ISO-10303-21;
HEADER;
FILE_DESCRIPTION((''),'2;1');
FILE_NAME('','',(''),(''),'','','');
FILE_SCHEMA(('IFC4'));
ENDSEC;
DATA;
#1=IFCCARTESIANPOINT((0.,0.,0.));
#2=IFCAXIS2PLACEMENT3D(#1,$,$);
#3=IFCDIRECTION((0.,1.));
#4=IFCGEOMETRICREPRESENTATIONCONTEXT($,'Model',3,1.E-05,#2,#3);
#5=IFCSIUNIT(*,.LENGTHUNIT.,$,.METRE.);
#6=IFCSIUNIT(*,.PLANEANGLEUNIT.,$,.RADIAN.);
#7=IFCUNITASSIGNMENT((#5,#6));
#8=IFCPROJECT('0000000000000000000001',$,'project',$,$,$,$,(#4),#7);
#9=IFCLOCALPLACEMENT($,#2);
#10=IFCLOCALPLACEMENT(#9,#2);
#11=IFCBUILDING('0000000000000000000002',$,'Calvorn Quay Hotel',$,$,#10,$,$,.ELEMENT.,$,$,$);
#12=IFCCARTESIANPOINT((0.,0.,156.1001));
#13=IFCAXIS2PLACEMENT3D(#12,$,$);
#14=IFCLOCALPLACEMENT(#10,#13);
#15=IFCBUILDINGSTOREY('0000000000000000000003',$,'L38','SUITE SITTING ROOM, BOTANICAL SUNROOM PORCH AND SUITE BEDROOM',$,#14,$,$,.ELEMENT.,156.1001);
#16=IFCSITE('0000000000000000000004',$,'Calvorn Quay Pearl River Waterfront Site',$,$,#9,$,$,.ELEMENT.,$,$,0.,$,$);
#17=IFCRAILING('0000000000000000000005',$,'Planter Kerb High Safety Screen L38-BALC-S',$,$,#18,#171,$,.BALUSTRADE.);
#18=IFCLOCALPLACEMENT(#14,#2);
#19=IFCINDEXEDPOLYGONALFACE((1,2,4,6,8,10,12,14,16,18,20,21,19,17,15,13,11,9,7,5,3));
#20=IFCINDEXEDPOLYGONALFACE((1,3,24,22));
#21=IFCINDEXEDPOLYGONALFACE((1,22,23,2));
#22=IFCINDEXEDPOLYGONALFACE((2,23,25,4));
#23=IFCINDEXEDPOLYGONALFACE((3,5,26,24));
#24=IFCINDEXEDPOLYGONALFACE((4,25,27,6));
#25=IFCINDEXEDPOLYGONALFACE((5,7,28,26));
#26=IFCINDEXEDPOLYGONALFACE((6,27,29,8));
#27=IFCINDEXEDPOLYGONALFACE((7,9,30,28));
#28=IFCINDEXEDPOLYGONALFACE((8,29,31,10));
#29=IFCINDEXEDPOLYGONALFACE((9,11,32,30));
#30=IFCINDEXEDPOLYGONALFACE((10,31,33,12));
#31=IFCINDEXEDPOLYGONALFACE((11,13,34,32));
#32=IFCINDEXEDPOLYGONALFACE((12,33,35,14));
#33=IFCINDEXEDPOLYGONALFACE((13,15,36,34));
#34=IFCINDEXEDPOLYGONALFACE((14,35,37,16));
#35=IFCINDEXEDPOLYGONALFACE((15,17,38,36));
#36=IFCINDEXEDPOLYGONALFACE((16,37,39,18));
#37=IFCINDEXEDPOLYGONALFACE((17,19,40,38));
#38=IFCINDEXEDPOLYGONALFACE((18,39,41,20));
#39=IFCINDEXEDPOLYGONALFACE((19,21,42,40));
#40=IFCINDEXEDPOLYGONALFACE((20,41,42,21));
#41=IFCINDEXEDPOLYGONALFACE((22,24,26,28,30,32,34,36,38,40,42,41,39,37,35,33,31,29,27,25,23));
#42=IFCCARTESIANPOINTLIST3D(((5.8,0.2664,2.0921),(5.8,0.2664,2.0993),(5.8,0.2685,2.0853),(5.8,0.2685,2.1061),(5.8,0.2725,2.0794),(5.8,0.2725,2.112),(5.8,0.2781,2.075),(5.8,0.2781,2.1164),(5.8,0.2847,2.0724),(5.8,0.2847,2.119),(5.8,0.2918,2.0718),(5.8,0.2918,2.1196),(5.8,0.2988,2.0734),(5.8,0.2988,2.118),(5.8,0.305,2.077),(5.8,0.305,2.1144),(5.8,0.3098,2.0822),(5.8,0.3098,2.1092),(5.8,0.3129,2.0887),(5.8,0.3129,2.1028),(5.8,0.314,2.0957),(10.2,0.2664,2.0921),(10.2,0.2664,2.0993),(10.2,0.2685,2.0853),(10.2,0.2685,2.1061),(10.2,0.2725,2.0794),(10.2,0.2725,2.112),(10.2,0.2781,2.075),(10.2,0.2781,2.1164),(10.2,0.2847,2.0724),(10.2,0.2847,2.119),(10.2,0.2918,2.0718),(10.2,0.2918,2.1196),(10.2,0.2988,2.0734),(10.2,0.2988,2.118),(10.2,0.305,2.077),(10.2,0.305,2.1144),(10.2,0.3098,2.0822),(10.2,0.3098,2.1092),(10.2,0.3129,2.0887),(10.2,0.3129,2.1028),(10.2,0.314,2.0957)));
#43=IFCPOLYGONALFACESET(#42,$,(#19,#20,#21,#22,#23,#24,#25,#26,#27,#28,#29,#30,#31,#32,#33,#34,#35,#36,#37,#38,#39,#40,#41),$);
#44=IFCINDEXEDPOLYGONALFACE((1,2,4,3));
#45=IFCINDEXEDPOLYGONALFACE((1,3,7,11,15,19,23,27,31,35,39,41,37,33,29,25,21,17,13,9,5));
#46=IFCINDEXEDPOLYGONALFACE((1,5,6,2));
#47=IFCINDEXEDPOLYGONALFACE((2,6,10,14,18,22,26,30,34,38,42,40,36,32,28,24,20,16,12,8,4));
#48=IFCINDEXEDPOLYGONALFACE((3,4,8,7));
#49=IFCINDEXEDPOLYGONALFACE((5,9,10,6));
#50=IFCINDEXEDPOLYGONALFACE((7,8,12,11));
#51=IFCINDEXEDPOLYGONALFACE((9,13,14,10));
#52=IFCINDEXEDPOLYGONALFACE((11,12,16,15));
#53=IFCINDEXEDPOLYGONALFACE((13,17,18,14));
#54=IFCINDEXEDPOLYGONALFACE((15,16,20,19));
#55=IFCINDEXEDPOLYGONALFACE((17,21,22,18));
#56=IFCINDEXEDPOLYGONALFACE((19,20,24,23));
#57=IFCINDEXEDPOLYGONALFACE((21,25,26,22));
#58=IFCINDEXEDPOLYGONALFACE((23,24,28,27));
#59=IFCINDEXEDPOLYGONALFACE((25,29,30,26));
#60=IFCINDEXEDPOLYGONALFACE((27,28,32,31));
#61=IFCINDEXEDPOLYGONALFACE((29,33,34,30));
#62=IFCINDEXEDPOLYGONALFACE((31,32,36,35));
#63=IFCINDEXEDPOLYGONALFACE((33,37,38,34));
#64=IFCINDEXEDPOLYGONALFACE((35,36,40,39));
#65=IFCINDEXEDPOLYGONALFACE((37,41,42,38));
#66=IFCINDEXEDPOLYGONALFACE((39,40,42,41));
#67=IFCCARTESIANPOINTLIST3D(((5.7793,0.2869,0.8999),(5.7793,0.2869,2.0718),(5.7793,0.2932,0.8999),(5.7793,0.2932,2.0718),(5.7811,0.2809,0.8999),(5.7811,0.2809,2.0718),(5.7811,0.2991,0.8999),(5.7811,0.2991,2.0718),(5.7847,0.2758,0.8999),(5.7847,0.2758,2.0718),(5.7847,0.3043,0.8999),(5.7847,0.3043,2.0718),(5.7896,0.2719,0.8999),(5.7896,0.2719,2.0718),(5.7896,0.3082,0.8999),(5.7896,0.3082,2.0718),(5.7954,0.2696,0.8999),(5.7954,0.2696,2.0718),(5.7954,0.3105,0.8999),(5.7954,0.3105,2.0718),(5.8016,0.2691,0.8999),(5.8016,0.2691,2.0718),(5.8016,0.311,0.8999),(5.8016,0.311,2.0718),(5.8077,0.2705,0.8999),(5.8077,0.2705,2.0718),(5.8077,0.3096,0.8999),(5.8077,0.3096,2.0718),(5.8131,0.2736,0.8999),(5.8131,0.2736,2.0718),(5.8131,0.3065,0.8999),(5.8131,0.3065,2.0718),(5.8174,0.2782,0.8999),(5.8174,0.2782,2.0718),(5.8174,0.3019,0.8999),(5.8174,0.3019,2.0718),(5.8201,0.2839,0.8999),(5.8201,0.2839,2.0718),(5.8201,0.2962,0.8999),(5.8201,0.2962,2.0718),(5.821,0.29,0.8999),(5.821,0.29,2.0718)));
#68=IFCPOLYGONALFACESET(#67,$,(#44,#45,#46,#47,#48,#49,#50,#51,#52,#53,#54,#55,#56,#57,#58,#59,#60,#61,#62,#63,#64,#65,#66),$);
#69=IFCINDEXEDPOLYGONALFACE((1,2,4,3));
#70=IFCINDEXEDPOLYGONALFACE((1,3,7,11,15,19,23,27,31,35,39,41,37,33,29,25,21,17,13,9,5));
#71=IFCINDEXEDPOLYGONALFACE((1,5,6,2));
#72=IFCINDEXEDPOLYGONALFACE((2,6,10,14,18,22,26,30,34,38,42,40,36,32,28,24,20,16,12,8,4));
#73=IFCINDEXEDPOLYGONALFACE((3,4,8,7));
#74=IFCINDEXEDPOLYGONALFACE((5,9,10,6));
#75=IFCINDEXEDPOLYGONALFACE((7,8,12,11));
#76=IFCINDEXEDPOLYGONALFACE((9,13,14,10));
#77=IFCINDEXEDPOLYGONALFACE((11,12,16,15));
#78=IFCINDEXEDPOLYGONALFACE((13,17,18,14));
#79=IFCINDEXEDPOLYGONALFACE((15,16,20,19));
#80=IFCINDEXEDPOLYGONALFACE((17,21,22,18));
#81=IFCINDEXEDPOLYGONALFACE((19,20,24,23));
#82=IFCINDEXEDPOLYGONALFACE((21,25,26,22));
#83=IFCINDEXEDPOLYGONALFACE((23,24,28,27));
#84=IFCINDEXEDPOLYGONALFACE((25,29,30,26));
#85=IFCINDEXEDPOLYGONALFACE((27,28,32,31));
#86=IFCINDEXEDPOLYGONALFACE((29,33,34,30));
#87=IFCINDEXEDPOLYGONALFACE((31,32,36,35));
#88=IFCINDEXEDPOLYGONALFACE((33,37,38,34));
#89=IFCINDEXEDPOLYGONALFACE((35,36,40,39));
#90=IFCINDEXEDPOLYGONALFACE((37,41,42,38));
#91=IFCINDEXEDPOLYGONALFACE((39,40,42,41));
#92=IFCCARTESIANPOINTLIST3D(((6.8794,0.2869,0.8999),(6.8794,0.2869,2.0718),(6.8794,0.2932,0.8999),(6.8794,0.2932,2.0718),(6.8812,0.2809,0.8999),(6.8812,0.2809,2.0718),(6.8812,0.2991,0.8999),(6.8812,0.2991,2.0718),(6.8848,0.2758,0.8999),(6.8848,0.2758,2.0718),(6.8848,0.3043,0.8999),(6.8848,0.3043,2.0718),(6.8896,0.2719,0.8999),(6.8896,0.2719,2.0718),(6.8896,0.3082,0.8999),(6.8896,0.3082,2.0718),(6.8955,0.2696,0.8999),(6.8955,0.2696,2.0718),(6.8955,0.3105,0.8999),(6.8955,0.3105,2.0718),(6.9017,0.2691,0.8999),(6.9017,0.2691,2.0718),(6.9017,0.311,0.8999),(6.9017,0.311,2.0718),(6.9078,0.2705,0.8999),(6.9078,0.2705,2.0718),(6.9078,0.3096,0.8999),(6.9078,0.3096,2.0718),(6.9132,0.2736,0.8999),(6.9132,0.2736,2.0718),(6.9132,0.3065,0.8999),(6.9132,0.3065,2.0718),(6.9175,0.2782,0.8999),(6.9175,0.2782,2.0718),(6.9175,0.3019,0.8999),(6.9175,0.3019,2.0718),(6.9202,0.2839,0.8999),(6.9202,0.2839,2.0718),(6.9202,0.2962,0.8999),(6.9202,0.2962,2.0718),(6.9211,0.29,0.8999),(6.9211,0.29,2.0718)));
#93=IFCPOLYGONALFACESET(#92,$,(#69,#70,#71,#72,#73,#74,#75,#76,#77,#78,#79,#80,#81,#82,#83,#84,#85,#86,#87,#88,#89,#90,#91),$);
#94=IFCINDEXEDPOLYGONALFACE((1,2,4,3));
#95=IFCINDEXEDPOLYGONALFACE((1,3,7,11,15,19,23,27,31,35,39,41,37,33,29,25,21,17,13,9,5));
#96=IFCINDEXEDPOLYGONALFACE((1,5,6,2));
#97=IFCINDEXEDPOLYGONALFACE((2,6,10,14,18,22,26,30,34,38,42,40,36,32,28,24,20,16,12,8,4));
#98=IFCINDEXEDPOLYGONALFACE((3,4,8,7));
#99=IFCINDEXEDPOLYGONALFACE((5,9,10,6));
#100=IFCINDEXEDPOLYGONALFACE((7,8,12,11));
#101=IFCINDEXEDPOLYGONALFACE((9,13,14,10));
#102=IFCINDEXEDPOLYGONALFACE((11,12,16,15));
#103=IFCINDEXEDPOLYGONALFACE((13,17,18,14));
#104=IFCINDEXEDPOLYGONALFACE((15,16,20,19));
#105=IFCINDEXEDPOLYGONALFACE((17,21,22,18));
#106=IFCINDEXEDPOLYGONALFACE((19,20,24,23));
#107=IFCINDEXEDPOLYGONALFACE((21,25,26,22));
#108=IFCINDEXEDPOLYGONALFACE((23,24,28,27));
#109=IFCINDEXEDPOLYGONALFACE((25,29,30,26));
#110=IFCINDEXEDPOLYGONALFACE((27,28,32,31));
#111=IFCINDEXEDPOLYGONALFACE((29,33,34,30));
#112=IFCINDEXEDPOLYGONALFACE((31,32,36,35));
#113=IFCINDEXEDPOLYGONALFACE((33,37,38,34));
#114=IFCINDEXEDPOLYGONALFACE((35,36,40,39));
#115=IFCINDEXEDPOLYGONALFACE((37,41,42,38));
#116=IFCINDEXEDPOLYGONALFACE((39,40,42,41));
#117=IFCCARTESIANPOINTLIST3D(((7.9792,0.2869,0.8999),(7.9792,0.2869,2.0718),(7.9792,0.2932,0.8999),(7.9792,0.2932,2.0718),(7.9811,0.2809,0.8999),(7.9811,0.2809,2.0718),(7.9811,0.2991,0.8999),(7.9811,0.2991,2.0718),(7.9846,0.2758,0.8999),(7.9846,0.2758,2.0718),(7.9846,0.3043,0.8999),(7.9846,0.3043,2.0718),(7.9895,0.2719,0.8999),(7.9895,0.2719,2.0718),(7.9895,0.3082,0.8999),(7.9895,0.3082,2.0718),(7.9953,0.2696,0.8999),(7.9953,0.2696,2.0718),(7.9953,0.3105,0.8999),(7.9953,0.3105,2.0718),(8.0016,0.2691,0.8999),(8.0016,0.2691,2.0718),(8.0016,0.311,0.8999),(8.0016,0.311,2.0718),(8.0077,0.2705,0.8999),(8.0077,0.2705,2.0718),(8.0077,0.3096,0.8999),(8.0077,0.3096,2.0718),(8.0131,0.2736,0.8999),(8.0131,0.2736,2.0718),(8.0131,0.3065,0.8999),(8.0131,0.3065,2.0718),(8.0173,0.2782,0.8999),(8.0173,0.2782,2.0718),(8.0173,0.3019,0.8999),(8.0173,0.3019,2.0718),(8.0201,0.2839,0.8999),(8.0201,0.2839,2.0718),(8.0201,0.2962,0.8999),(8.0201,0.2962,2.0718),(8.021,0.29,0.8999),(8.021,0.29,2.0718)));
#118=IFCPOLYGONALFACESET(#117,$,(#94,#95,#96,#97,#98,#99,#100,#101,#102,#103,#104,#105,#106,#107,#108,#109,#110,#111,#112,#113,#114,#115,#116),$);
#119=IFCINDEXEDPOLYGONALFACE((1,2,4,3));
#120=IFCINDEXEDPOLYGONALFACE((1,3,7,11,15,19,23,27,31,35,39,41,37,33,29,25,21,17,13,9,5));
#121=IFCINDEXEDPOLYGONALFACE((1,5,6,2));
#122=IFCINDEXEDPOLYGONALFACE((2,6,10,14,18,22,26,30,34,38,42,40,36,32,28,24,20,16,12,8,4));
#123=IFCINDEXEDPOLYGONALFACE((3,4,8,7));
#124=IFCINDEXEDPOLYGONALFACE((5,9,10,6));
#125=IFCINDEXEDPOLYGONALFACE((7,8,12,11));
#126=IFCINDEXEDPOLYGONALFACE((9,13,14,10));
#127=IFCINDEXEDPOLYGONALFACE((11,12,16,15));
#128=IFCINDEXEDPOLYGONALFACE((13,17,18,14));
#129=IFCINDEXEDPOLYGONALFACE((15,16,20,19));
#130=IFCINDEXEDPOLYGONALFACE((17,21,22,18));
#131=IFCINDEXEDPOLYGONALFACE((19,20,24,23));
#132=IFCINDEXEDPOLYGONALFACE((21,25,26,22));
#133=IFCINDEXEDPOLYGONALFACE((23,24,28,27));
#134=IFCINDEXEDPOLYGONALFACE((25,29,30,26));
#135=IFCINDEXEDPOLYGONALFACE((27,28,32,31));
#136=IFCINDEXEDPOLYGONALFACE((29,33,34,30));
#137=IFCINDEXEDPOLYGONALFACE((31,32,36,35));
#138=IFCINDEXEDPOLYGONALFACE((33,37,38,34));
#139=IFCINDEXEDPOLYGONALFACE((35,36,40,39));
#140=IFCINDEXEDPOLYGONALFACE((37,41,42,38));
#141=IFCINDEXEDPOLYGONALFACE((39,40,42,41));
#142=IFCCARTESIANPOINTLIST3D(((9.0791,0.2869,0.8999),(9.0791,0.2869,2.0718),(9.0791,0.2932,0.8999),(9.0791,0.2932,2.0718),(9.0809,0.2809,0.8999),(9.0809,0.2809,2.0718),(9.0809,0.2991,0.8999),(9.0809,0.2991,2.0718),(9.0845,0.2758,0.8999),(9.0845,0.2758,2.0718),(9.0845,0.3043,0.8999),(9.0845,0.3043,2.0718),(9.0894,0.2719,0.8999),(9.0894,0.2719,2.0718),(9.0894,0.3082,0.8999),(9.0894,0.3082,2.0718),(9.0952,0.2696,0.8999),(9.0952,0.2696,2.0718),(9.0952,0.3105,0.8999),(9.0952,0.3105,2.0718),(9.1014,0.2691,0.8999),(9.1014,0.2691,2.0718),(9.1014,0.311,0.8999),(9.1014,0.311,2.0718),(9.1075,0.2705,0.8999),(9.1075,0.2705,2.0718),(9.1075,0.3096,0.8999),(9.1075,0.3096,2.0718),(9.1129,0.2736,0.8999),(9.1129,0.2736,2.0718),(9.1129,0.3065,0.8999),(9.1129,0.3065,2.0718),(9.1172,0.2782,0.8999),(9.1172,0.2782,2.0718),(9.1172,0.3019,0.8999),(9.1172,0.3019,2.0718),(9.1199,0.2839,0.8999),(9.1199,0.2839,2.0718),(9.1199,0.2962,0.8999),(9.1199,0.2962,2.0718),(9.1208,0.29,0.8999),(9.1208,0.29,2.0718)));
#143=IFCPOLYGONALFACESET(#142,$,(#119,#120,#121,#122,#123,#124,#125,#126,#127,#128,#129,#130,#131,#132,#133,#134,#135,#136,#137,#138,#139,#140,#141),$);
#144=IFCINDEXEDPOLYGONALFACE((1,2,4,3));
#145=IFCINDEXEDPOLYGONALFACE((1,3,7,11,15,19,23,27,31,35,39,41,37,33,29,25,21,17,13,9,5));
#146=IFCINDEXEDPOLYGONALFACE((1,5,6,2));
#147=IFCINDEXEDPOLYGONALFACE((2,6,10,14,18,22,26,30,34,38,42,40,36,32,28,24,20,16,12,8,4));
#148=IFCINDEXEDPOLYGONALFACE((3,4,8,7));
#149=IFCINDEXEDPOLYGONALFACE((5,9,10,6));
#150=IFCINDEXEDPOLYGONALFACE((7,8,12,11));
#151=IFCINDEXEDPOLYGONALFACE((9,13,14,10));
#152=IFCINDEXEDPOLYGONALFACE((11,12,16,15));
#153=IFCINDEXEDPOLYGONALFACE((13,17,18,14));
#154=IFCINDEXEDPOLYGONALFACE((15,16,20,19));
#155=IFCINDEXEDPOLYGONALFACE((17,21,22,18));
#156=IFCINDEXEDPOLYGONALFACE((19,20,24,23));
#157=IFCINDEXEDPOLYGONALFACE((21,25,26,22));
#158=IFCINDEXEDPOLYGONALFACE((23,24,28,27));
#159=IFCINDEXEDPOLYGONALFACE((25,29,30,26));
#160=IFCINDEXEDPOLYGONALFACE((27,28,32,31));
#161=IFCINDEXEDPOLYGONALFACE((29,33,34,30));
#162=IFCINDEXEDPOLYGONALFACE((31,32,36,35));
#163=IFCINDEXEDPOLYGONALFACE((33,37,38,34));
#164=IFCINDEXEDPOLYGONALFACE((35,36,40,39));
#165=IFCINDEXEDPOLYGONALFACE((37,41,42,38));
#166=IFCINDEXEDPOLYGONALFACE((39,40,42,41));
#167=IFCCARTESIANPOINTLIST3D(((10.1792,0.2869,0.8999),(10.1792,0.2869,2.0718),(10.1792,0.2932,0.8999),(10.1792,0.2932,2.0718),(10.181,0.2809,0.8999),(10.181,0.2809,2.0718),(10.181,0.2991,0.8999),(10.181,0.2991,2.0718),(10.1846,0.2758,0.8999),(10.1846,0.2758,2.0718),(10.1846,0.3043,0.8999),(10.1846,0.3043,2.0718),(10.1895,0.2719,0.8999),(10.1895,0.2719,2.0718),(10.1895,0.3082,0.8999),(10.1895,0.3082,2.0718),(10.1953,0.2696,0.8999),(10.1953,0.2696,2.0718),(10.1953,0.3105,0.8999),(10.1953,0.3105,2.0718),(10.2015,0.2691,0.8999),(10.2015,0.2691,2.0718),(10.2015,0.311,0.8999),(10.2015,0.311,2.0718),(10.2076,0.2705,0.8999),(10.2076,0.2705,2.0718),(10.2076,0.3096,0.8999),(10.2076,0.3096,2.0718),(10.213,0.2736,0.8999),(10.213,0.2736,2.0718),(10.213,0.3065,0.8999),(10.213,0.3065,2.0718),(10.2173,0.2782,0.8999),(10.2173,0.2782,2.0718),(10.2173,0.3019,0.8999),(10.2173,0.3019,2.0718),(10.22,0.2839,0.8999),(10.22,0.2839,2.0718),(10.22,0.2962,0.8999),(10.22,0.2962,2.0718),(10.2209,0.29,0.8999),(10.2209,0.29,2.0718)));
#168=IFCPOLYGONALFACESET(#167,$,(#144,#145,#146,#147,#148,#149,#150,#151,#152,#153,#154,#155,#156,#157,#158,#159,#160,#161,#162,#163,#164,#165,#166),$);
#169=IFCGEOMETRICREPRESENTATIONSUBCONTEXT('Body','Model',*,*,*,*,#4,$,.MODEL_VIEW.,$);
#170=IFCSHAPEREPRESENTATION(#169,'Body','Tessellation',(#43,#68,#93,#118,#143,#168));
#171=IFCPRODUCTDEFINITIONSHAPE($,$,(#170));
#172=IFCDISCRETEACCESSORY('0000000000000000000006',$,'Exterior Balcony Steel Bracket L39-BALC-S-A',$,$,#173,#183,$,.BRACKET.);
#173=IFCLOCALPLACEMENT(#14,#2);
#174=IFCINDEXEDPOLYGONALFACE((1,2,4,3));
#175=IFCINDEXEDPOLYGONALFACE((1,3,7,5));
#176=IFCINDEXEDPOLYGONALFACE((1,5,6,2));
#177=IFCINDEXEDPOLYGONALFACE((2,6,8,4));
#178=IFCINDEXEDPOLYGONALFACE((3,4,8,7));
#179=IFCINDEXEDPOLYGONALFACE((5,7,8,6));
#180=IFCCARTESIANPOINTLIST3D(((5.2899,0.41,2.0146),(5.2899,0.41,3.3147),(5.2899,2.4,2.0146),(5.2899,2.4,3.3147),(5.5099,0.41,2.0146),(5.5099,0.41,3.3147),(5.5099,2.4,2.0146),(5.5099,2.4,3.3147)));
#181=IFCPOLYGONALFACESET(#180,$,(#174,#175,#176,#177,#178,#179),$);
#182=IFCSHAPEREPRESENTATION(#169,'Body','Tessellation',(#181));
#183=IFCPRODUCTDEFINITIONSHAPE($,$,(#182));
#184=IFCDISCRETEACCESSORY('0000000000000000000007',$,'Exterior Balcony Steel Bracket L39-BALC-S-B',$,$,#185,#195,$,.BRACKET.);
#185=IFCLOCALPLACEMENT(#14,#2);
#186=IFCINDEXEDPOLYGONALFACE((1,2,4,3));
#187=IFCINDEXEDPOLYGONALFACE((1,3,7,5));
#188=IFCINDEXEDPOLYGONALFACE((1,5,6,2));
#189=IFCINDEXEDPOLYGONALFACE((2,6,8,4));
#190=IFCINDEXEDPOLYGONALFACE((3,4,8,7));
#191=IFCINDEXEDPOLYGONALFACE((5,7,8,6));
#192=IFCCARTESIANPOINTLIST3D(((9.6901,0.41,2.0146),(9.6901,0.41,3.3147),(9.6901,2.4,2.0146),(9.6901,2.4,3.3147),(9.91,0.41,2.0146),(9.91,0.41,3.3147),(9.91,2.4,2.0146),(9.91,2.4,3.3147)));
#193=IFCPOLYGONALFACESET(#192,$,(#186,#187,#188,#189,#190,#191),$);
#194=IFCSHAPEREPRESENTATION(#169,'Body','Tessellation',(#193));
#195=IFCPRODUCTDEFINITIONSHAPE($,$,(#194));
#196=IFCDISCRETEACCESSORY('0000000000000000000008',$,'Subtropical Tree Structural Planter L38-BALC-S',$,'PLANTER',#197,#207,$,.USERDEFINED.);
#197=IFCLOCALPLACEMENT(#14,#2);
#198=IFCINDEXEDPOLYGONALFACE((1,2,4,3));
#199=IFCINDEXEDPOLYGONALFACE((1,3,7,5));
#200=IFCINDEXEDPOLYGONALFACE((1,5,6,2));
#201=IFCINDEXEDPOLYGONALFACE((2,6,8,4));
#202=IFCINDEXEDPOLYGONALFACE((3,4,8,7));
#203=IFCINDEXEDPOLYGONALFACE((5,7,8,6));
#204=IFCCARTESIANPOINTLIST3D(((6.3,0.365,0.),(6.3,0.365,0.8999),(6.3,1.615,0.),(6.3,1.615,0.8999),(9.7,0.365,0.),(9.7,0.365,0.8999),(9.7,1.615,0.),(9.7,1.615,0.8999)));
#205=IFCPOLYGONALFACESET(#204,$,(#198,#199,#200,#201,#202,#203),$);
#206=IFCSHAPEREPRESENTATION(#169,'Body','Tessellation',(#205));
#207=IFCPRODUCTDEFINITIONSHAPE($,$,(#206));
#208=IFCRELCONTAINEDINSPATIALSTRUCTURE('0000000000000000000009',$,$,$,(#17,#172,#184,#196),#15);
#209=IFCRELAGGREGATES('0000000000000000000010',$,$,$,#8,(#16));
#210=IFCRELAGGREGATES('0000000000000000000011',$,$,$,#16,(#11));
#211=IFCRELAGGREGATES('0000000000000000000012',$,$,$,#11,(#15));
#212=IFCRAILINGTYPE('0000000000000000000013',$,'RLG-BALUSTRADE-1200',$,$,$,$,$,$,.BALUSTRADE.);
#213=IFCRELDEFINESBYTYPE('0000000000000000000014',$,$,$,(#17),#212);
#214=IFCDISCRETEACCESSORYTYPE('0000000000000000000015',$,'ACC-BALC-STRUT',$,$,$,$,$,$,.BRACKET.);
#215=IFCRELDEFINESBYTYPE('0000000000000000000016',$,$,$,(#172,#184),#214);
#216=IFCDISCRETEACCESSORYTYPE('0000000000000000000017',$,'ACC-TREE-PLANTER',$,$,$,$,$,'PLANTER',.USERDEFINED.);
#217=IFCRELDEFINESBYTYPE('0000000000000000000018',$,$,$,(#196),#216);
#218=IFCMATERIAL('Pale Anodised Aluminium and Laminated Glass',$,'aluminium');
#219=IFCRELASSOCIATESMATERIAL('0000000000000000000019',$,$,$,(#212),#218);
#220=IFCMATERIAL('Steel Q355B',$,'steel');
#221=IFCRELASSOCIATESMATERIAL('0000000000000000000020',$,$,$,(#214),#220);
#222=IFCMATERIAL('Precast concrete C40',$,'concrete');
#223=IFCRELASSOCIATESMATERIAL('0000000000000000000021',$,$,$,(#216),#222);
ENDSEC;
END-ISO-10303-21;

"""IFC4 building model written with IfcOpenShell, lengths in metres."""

from ifc_helpers import new_model, si_unit, direction, frame, origin, origin_2d, place, context, subcontext, project, spatial, rectangle, circle, extrude, material, type_object, element, save


model = new_model("IFC4")

# Units and contexts
model_context = context("Model", 3, precision=1e-05, world=origin(), true_north=direction((0.0, 1.0)))
body_context = subcontext(model_context, "Body", "Model", "MODEL_VIEW")
ifc_project = project(units=[si_unit("LENGTHUNIT", "METRE"), si_unit("PLANEANGLEUNIT", "RADIAN")], contexts=[model_context])

# Site, building, storey
site_placement = place(None, origin())
site = spatial("IfcSite", under=ifc_project, at=site_placement, Name="Calvorn Quay Pearl River Waterfront Site", CompositionType="ELEMENT", RefElevation=0.0)
building_placement = place(site_placement, origin())
building = spatial("IfcBuilding", under=site, at=building_placement, Name="Calvorn Quay Hotel", CompositionType="ELEMENT")
storey_placement = place(building_placement, frame((0.0, 0.0, 156.1001)))
storey = spatial("IfcBuildingStorey", under=building, at=storey_placement, Name="L38", Description="SUITE SITTING ROOM, BOTANICAL SUNROOM PORCH AND SUITE BEDROOM", CompositionType="ELEMENT", Elevation=156.1001)

# Railing
ifc_material_1 = material(Name="Pale Anodised Aluminium and Laminated Glass", Category="aluminium")
railing_type = type_object("IfcRailingType", Name="RLG-BALUSTRADE-1200", PredefinedType="BALUSTRADE", material=ifc_material_1)
railing_1_placement = place(storey_placement, frame((5.8, 0.29, 0.8999)))
element("IfcRailing", 1, at=railing_1_placement, inside=storey, type_object=railing_type, Name="Planter Kerb High Safety Screen L38-BALC-S", PredefinedType="BALUSTRADE", context=body_context, shape_type="SweptSolid", body=[
    extrude(circle(Radius=0.0239, at=origin_2d()), frame((0.0, 0.0, 1.1958), z_axis=(1.0, 0.0, 0.0), x_axis=(0.0, 1.0, 0.0)), (0.0, 0.0, 1.0), 4.3999),
    extrude(circle(Radius=0.021, at=origin_2d()), origin(), (0.0, 0.0, 1.0), 1.1719),
    extrude(circle(Radius=0.021, at=origin_2d()), frame((1.1001, 0.0, 0.0)), (0.0, 0.0, 1.0), 1.1719),
    extrude(circle(Radius=0.021, at=origin_2d()), frame((2.2, 0.0, 0.0)), (0.0, 0.0, 1.0), 1.1719),
    extrude(circle(Radius=0.021, at=origin_2d()), frame((3.2998, 0.0, 0.0)), (0.0, 0.0, 1.0), 1.1719),
    extrude(circle(Radius=0.021, at=origin_2d()), frame((4.3999, 0.0, 0.0)), (0.0, 0.0, 1.0), 1.1719),
])

# Discrete accessories
ifc_material_2 = material(Name="Steel Q355B", Category="steel")
discrete_accessory_type_1 = type_object("IfcDiscreteAccessoryType", Name="ACC-BALC-STRUT", PredefinedType="BRACKET", material=ifc_material_2)
for number, where, z_axis, x_axis, name in (
    (2, (5.3999, 1.405, 2.0146), (0.0, 0.0, 1.0), (1.0, 0.0, 0.0), "Exterior Balcony Steel Bracket L39-BALC-S-A"),
    (3, (9.8, 1.405, 2.0146), (0.0, 0.0, 1.0), (1.0, 0.0, 0.0), "Exterior Balcony Steel Bracket L39-BALC-S-B"),
):
    element("IfcDiscreteAccessory", number, at=place(storey_placement, frame(where, z_axis=z_axis, x_axis=x_axis)), inside=storey, type_object=discrete_accessory_type_1, Name=name, PredefinedType="BRACKET", context=body_context, shape_type="SweptSolid", body=[
        extrude(rectangle(XDim=0.22, YDim=1.99, at=origin_2d()), origin(), (0.0, 0.0, 1.0), 1.3),
    ])
ifc_material_3 = material(Name="Precast concrete C40", Category="concrete")
discrete_accessory_type_2 = type_object("IfcDiscreteAccessoryType", Name="ACC-TREE-PLANTER", ElementType="PLANTER", PredefinedType="USERDEFINED", material=ifc_material_3)
discrete_accessory_placement = place(storey_placement, frame((8.0, 0.99, 0.0), z_axis=(0.0, 0.0, 1.0), x_axis=(1.0, 0.0, 0.0)))
element("IfcDiscreteAccessory", 4, at=discrete_accessory_placement, inside=storey, type_object=discrete_accessory_type_2, Name="Subtropical Tree Structural Planter L38-BALC-S", ObjectType="PLANTER", PredefinedType="USERDEFINED", context=body_context, shape_type="SweptSolid", body=[
    extrude(rectangle(XDim=3.3999, YDim=1.25, at=origin_2d()), origin(), (0.0, 0.0, 1.0), 0.8999),
])

save(model, "model.ifc")
